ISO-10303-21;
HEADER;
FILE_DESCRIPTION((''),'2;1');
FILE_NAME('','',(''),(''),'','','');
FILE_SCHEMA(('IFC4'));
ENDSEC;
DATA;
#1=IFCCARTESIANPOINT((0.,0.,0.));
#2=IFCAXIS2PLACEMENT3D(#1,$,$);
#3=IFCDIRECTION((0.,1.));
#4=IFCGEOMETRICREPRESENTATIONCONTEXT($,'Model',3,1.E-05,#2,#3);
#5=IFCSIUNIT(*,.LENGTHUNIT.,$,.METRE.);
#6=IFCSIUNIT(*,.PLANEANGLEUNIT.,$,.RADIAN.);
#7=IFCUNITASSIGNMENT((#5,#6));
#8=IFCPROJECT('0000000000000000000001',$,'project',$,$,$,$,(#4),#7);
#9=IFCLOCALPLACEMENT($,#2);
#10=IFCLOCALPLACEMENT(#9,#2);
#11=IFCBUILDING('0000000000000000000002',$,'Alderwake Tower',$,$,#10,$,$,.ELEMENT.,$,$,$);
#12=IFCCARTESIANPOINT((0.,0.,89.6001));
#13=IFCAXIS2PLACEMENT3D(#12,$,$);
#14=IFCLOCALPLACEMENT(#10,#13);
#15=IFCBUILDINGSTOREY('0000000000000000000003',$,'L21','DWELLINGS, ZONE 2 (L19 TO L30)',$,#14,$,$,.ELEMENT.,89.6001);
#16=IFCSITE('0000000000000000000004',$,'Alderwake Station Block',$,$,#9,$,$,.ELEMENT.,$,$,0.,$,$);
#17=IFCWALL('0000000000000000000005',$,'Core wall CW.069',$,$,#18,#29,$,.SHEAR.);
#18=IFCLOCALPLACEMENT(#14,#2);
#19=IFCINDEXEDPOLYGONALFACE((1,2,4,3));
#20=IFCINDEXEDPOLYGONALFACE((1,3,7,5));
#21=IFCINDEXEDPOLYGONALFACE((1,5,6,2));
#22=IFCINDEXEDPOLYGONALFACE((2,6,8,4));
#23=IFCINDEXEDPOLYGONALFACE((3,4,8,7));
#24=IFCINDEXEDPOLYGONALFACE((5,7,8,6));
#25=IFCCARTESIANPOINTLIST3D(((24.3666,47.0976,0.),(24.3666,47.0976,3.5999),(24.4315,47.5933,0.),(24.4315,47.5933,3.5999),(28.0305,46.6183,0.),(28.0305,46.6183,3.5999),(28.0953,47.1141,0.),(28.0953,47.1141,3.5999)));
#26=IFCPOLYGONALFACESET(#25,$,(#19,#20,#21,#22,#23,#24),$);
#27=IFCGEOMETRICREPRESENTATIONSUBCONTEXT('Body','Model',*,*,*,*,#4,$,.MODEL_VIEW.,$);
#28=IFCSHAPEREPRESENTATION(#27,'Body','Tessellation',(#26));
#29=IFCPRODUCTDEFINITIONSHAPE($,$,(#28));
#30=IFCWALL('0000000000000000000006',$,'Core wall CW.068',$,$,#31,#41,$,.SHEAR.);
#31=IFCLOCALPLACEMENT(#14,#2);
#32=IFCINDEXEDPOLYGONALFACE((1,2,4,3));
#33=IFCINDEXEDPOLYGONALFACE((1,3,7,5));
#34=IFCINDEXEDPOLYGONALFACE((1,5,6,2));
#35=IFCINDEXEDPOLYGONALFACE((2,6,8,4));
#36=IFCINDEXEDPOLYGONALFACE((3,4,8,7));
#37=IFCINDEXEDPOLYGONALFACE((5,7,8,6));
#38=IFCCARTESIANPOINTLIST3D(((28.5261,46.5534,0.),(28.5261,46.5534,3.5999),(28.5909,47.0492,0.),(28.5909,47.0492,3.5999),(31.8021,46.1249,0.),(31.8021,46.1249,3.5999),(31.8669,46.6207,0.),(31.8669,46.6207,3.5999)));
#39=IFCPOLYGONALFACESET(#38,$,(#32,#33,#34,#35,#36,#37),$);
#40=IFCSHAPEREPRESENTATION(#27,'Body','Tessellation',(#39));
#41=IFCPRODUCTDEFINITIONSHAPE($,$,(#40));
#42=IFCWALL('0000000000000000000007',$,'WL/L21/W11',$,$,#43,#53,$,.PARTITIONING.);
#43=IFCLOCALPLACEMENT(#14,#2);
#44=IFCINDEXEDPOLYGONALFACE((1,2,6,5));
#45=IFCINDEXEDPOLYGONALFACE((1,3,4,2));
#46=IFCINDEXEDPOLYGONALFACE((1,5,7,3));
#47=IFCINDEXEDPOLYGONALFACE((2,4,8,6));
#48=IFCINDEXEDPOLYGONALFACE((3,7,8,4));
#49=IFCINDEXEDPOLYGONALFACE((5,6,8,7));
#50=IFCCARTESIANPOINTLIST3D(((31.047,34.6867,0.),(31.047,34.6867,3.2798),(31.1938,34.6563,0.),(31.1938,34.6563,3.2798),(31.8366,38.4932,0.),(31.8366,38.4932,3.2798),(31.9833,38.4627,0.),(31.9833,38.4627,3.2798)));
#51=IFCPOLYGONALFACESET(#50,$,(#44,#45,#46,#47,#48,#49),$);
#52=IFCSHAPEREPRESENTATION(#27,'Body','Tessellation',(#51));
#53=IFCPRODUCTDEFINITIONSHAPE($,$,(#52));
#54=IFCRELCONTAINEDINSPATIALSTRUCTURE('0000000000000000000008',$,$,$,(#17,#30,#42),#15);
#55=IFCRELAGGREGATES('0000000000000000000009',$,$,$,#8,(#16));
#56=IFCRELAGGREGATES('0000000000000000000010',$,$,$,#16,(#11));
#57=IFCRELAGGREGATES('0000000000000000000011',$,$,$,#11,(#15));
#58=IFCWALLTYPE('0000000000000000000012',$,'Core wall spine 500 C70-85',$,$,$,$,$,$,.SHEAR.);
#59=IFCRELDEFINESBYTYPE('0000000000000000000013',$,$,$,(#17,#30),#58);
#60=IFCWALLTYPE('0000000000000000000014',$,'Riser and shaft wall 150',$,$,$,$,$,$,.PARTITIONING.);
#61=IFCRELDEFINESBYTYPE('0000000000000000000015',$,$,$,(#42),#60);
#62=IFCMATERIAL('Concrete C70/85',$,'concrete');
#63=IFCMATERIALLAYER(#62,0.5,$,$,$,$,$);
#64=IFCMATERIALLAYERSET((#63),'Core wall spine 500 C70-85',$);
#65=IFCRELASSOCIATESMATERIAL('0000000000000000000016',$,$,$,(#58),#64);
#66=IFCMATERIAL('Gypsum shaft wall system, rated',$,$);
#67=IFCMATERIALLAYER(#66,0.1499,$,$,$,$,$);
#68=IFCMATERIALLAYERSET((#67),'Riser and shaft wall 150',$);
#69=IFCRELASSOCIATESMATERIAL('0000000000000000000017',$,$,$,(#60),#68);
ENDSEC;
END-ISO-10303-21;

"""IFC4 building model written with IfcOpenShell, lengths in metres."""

from ifc_helpers import new_model, si_unit, direction, frame, frame_2d, origin, place, context, subcontext, project, spatial, rectangle, extrude, material, layer, layer_set, type_object, element, save


model = new_model("IFC4")

# Units and contexts
model_context = context("Model", 3, precision=1e-05, world=origin(), true_north=direction((0.0, 1.0)))
body_context = subcontext(model_context, "Body", "Model", "MODEL_VIEW")
ifc_project = project(units=[si_unit("LENGTHUNIT", "METRE"), si_unit("PLANEANGLEUNIT", "RADIAN")], contexts=[model_context])

# Site, building, storey
site_placement = place(None, origin())
site = spatial("IfcSite", under=ifc_project, at=site_placement, Name="Alderwake Station Block", CompositionType="ELEMENT", RefElevation=0.0)
building_placement = place(site_placement, origin())
building = spatial("IfcBuilding", under=site, at=building_placement, Name="Alderwake Tower", CompositionType="ELEMENT")
storey_placement = place(building_placement, frame((0.0, 0.0, 89.6001)))
storey = spatial("IfcBuildingStorey", under=building, at=storey_placement, Name="L21", Description="DWELLINGS, ZONE 2 (L19 TO L30)", CompositionType="ELEMENT", Elevation=89.6001)

# Shared definitions
ifc_material_1 = material(Name="Concrete C70/85", Category="concrete")
ifc_layer_1 = layer(ifc_material_1, 0.5)
ifc_layer_set_1 = layer_set([ifc_layer_1], Name="Core wall spine 500 C70-85")
wall_type_1 = type_object("IfcWallType", Name="Core wall spine 500 C70-85", PredefinedType="SHEAR", material=ifc_layer_set_1)

# Walls
wall_1_placement = place(storey_placement, frame((24.3989, 47.3455, 0.0), z_axis=(0.0, 0.0, 1.0), x_axis=(0.991553, -0.129701, 0.0)))
element("IfcWall", 1, at=wall_1_placement, inside=storey, type_object=wall_type_1, Name="Core wall CW.069", PredefinedType="SHEAR", context=body_context, shape_type="SweptSolid", body=[
    extrude(rectangle(XDim=3.6951, YDim=0.5, at=frame_2d((1.8477, 0.0))), origin(), (0.0, 0.0, 1.0), 3.5999),
])
wall_2_placement = place(storey_placement, frame((28.5586, 46.8013, 0.0), z_axis=(0.0, 0.0, 1.0), x_axis=(0.991556, -0.12968, 0.0)))
element("IfcWall", 2, at=wall_2_placement, inside=storey, type_object=wall_type_1, Name="Core wall CW.068", PredefinedType="SHEAR", context=body_context, shape_type="SweptSolid", body=[
    extrude(rectangle(XDim=3.304, YDim=0.5, at=frame_2d((1.6519, 0.0))), origin(), (0.0, 0.0, 1.0), 3.5999),
])
ifc_material_2 = material(Name="Gypsum shaft wall system, rated")
ifc_layer_2 = layer(ifc_material_2, 0.1499)
ifc_layer_set_2 = layer_set([ifc_layer_2], Name="Riser and shaft wall 150")
wall_type_2 = type_object("IfcWallType", Name="Riser and shaft wall 150", PredefinedType="PARTITIONING", material=ifc_layer_set_2)
wall_3_placement = place(storey_placement, frame((31.1204, 34.6714, 0.0), z_axis=(0.0, 0.0, 1.0), x_axis=(0.203104, 0.979157, 0.0)))
element("IfcWall", 3, at=wall_3_placement, inside=storey, type_object=wall_type_2, Name="WL/L21/W11", PredefinedType="PARTITIONING", context=body_context, shape_type="SweptSolid", body=[
    extrude(rectangle(XDim=3.8875, YDim=0.1499, at=frame_2d((1.9438, 0.0))), origin(), (0.0, 0.0, 1.0), 3.2798),
])

save(model, "model.ifc")
